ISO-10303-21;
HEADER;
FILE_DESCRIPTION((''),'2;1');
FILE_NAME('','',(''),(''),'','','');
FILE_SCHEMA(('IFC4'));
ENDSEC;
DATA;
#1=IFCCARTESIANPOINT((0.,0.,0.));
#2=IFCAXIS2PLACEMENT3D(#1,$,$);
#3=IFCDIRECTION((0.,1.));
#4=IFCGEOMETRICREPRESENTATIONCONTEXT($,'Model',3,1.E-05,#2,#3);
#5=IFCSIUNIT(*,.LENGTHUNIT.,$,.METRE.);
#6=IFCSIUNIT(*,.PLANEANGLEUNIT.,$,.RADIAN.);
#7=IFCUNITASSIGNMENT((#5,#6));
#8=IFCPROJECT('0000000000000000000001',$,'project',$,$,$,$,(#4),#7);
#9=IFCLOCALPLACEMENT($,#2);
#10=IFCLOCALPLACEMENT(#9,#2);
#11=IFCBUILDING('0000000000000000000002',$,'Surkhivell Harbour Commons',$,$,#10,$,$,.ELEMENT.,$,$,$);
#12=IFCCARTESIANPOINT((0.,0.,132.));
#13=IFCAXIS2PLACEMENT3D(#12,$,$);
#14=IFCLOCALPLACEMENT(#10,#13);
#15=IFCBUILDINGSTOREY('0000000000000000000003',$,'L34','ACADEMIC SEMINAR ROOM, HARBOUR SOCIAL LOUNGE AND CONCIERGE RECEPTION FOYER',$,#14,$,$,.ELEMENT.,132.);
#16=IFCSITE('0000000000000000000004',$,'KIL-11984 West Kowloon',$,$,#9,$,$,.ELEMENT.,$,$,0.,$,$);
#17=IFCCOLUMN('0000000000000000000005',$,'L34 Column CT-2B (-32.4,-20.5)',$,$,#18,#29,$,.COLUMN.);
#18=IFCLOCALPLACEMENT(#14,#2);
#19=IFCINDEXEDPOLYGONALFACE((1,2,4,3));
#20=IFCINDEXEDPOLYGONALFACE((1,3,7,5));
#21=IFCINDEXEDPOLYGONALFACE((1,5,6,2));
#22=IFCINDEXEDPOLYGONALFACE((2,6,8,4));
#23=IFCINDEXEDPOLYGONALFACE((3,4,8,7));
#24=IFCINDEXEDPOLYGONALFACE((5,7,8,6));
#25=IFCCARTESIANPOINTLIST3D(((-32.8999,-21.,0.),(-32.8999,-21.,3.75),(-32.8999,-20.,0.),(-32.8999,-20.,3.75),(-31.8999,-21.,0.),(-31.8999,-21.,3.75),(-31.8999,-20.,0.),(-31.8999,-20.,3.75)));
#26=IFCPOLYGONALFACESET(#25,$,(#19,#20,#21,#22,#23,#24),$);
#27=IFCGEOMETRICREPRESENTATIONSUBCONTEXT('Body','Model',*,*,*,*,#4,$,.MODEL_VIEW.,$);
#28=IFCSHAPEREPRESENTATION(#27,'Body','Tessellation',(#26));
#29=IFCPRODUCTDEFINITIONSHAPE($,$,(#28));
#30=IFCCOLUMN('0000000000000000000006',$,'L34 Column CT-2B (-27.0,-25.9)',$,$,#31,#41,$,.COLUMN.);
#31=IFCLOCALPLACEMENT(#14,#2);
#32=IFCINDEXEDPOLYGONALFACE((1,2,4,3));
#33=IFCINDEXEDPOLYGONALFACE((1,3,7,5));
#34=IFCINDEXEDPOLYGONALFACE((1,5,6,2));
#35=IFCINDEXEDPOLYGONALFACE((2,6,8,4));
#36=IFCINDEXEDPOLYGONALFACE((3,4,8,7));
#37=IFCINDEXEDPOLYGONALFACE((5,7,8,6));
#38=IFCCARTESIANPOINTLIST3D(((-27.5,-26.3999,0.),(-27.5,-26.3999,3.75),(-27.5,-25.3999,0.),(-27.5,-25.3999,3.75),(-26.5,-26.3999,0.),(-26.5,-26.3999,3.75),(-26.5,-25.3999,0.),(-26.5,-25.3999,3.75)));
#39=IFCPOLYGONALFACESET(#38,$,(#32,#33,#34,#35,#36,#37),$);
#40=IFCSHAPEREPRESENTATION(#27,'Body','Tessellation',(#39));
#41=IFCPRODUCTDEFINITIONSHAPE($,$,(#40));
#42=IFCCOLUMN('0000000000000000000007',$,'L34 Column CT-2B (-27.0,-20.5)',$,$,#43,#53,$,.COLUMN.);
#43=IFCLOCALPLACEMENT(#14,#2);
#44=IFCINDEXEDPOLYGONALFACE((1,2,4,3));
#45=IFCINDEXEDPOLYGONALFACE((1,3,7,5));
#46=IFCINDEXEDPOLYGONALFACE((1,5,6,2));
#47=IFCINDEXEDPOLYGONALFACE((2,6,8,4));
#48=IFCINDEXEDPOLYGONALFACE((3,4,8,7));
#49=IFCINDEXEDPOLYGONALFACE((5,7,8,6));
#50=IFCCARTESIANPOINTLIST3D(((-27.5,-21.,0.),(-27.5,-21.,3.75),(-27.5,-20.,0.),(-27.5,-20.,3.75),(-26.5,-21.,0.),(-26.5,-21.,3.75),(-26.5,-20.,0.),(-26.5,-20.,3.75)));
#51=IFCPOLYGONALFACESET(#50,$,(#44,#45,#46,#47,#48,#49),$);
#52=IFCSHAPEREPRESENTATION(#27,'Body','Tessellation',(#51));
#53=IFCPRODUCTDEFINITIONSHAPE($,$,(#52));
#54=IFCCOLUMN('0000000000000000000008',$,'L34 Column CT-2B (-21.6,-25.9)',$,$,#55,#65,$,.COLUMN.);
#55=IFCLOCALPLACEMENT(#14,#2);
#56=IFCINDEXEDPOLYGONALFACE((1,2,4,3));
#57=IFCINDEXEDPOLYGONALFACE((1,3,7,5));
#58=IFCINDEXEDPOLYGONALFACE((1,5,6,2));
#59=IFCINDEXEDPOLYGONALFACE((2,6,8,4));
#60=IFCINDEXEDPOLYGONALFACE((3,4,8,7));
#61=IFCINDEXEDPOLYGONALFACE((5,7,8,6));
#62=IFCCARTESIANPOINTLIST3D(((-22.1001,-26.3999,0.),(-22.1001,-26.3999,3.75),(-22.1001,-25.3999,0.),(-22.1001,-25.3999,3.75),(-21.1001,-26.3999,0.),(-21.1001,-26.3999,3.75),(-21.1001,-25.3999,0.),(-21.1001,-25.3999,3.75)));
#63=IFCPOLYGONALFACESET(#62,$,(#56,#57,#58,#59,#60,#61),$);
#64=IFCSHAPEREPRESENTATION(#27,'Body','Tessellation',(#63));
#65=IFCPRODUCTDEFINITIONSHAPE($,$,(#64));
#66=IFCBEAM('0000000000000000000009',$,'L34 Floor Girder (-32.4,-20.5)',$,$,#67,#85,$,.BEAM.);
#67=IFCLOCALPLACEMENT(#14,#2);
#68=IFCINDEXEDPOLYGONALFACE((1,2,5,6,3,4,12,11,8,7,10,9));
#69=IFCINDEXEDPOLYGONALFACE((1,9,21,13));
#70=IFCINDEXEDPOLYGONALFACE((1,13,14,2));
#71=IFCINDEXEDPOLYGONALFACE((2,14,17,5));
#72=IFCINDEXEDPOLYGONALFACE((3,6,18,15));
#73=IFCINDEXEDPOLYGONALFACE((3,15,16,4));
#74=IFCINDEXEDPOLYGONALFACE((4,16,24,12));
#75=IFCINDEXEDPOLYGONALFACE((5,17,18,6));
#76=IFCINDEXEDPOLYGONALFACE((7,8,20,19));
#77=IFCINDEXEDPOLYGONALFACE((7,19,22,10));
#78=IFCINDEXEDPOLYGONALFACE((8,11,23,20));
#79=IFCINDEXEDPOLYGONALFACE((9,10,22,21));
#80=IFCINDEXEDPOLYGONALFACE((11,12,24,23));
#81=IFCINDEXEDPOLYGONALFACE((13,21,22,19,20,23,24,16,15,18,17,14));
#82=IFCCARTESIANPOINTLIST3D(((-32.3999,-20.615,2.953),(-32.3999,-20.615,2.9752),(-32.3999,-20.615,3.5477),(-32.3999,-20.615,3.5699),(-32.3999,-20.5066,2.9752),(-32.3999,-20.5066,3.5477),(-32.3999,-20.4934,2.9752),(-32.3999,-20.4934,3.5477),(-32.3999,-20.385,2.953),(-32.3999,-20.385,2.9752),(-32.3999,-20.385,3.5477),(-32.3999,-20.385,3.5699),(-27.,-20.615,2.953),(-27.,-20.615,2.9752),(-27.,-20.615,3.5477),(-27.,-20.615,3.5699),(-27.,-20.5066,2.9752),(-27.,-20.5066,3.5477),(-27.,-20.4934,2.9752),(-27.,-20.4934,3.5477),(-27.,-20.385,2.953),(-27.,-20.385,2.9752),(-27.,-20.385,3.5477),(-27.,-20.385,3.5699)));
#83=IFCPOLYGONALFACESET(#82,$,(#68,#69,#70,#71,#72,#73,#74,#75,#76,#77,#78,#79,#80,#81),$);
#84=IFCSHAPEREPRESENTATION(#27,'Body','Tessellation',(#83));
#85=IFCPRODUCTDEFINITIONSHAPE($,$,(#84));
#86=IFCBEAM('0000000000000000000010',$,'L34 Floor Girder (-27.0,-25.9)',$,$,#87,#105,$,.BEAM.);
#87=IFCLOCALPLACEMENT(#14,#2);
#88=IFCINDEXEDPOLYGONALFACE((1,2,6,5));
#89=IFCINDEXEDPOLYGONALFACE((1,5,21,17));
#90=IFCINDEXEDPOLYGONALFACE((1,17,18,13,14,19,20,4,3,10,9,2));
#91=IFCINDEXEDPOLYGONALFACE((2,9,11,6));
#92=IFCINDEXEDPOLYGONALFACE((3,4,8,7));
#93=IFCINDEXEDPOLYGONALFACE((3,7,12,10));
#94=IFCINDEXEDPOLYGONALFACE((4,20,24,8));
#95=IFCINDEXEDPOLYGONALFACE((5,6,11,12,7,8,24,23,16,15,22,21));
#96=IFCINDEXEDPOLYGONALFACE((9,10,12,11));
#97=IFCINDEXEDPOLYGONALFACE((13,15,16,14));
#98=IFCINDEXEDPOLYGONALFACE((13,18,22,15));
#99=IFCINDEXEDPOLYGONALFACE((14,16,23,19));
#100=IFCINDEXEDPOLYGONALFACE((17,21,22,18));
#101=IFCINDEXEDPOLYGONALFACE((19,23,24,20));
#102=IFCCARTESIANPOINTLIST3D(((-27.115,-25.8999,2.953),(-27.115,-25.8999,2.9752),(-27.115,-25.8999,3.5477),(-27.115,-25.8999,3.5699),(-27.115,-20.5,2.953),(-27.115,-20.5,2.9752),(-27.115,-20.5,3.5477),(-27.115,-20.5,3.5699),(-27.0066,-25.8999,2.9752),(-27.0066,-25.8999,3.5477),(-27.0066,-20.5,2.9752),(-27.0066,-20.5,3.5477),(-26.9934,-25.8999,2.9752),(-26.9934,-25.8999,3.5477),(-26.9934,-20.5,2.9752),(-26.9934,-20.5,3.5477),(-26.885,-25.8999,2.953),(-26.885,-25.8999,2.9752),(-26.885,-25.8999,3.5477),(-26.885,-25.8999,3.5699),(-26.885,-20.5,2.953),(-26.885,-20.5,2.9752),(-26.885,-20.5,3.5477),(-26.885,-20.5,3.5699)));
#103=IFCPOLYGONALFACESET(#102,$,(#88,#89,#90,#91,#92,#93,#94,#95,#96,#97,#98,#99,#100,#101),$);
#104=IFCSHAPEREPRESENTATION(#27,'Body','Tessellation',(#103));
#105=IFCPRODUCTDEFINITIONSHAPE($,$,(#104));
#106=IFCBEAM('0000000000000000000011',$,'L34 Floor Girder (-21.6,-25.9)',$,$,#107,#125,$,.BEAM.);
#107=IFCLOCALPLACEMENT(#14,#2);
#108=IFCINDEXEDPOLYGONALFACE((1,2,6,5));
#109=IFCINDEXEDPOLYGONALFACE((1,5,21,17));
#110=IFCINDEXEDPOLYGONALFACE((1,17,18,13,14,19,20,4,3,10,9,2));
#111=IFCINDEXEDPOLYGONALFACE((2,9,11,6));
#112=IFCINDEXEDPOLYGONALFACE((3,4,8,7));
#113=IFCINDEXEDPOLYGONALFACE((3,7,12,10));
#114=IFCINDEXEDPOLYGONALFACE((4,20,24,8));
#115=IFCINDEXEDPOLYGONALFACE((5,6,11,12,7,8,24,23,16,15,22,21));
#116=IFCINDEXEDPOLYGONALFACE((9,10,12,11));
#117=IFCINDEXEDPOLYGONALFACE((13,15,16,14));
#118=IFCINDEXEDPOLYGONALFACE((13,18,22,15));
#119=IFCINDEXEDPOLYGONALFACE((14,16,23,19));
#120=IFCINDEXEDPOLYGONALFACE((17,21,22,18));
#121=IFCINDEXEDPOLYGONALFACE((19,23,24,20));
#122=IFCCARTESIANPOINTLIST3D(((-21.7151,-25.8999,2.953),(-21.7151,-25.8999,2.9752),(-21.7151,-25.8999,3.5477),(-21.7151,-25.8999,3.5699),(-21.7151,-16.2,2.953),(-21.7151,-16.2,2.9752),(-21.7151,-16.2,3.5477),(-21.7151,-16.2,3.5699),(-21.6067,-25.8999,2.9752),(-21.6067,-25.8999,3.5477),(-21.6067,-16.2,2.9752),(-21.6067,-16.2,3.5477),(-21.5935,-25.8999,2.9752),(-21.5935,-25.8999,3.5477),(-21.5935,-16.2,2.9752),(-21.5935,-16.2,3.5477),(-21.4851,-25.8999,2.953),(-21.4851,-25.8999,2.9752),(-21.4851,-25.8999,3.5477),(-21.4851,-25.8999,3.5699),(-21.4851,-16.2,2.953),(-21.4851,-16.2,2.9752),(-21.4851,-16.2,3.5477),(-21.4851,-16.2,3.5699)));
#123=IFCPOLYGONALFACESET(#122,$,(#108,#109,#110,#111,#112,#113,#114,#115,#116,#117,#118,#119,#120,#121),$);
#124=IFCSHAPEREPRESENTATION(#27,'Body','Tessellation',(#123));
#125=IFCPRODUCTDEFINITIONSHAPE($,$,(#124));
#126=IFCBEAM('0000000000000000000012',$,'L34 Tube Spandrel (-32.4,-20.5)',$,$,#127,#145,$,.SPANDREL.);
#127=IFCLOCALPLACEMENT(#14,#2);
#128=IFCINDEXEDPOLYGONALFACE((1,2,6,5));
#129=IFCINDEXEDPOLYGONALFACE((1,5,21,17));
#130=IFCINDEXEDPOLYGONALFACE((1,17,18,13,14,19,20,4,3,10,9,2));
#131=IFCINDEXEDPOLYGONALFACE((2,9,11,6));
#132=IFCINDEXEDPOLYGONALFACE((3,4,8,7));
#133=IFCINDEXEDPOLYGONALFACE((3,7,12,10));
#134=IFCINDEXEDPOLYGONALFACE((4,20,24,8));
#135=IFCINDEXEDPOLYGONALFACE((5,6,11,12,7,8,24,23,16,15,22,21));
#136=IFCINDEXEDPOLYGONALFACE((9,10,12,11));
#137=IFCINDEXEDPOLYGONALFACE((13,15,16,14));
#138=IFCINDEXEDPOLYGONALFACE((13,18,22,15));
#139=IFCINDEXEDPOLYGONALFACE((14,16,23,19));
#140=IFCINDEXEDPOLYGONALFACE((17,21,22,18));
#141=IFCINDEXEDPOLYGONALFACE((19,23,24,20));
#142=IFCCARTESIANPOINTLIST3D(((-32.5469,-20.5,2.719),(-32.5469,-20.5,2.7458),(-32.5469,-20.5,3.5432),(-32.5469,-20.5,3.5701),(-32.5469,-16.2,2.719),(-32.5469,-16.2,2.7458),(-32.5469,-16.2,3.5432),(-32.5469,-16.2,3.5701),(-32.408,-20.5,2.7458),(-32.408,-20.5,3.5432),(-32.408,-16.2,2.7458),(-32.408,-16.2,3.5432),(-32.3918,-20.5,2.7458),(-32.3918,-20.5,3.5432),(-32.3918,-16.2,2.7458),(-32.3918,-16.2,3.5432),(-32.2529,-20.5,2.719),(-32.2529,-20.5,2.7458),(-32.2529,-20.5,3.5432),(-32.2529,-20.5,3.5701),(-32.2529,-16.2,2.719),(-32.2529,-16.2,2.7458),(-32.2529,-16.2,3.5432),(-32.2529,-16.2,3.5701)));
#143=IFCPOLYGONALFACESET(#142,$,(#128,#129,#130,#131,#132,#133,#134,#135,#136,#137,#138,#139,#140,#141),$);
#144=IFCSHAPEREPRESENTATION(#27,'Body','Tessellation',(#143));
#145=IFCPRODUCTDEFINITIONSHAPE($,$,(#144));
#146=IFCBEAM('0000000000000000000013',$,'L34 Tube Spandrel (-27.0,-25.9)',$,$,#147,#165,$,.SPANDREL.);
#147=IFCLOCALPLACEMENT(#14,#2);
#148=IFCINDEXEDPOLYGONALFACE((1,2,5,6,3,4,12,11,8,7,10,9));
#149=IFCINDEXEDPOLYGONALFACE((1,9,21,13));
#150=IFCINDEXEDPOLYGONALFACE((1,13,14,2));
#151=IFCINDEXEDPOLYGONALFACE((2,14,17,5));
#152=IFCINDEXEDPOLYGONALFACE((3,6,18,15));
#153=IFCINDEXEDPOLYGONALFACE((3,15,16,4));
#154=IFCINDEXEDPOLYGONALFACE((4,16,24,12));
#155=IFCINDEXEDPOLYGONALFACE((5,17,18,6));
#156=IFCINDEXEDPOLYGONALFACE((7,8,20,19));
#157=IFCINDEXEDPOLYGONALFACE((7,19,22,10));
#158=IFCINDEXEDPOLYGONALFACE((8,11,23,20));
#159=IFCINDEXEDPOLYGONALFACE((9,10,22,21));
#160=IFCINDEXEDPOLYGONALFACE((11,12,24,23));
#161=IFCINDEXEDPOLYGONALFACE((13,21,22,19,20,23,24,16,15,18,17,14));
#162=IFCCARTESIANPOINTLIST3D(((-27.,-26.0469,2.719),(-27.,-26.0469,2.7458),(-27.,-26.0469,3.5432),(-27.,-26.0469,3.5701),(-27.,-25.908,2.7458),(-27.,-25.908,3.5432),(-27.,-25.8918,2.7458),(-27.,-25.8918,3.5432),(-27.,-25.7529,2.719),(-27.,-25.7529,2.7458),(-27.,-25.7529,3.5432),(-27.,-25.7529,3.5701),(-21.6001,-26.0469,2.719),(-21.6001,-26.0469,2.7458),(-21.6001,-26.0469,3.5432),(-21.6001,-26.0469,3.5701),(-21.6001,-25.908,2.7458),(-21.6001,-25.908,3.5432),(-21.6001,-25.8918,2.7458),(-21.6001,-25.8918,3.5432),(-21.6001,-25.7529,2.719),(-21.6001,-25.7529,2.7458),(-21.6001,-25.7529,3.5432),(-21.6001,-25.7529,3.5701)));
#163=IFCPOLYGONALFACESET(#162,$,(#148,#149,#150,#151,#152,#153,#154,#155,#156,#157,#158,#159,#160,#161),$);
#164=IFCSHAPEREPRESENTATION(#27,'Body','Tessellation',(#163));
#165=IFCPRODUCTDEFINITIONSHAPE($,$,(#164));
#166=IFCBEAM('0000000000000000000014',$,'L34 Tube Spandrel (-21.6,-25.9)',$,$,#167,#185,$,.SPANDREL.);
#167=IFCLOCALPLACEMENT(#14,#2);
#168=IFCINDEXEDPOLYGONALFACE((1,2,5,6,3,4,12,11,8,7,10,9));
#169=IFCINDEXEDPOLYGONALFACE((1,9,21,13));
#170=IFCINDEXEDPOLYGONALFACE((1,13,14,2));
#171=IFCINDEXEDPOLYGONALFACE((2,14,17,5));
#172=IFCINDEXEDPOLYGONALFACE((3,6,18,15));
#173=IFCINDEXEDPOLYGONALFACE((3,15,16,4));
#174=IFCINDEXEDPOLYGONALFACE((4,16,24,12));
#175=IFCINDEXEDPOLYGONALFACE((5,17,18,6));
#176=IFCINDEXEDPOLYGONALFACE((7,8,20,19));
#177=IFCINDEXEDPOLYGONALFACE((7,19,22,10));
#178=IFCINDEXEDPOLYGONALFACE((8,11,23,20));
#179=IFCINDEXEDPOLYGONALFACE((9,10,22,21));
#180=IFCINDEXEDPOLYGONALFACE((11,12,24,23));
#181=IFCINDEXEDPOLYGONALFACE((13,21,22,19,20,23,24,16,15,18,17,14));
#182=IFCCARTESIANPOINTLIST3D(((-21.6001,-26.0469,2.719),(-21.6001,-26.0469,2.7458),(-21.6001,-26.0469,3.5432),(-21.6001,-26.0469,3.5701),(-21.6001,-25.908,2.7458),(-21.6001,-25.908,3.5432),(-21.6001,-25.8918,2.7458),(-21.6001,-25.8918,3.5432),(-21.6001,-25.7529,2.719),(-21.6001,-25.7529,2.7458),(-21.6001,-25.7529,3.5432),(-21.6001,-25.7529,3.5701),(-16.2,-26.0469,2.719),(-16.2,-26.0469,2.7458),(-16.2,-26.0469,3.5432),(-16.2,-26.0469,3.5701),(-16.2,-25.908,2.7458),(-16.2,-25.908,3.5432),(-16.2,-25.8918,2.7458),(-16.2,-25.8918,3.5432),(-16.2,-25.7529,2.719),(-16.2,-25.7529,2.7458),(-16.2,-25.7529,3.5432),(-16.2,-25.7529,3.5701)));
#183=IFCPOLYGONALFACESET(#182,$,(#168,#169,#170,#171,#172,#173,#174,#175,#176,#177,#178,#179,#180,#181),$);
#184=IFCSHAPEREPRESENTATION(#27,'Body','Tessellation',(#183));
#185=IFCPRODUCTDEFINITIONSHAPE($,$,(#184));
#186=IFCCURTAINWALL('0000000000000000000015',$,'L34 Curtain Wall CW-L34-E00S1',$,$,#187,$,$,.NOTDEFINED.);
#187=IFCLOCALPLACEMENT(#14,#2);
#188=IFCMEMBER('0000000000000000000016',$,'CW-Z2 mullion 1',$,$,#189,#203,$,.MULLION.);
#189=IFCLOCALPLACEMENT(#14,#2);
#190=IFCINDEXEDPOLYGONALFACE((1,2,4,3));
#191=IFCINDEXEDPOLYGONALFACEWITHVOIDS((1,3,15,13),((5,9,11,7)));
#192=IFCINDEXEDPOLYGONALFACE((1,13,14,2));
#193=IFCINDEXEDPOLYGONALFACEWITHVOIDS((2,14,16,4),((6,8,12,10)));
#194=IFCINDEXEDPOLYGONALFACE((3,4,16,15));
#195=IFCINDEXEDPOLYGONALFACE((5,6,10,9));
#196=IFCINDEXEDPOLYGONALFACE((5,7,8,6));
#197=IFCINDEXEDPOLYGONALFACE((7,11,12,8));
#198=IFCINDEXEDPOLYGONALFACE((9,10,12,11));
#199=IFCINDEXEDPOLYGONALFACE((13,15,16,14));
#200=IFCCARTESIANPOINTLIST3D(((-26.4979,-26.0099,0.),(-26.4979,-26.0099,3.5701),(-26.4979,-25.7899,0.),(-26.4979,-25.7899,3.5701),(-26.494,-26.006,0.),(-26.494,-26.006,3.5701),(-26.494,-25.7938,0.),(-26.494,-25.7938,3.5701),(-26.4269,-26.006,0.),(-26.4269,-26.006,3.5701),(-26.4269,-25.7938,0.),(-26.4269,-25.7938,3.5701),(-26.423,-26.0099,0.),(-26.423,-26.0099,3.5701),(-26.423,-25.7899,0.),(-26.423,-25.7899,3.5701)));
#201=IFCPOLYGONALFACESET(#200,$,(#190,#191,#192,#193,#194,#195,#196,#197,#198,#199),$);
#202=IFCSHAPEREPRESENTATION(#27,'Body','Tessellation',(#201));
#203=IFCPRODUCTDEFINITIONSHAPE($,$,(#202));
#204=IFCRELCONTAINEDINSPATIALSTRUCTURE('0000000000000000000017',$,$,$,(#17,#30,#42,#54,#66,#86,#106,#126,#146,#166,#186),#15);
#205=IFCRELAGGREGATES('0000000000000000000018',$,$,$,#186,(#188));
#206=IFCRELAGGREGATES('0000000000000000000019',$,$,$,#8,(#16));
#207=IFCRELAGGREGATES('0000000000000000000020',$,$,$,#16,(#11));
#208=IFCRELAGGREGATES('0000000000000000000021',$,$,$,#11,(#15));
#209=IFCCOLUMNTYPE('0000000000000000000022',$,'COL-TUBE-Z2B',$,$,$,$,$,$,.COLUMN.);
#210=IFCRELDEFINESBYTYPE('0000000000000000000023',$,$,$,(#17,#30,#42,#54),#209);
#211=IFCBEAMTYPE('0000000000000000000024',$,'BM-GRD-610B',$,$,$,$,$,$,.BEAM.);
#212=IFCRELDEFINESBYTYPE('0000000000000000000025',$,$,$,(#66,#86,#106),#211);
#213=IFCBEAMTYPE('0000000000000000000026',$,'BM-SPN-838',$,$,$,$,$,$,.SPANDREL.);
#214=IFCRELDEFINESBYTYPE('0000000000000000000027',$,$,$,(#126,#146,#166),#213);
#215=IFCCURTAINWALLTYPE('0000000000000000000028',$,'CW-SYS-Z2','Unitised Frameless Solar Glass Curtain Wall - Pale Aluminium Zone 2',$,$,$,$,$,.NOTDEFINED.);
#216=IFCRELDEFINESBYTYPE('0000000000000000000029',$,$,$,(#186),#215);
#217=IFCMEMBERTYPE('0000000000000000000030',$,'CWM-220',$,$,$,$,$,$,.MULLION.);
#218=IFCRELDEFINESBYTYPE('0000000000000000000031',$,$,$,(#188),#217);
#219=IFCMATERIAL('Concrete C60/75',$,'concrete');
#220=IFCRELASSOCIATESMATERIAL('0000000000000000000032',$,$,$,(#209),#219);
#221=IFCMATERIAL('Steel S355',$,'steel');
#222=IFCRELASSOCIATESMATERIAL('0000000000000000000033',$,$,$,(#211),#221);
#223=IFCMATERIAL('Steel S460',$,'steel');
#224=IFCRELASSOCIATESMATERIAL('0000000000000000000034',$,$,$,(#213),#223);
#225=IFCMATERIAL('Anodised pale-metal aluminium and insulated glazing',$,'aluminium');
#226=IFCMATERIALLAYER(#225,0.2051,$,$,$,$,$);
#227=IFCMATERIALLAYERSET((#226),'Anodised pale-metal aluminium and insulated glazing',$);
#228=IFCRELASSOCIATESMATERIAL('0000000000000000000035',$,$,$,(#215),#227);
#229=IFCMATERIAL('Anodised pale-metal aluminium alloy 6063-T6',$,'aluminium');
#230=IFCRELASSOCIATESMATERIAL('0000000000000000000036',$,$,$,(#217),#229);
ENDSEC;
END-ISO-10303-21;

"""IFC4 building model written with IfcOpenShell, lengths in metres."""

from ifc_helpers import new_model, si_unit, direction, frame, origin, origin_2d, place, context, subcontext, project, spatial, rectangle, hollow_rectangle, i_section, extrude, material, layer, layer_set, material_profile, profile_set, type_object, element, aggregate, save


model = new_model("IFC4")

# Units and contexts
model_context = context("Model", 3, precision=1e-05, world=origin(), true_north=direction((0.0, 1.0)))
body_context = subcontext(model_context, "Body", "Model", "MODEL_VIEW")
ifc_project = project(units=[si_unit("LENGTHUNIT", "METRE"), si_unit("PLANEANGLEUNIT", "RADIAN")], contexts=[model_context])

# Site, building, storey
site_placement = place(None, origin())
site = spatial("IfcSite", under=ifc_project, at=site_placement, Name="KIL-11984 West Kowloon", CompositionType="ELEMENT", RefElevation=0.0)
building_placement = place(site_placement, origin())
building = spatial("IfcBuilding", under=site, at=building_placement, Name="Surkhivell Harbour Commons", CompositionType="ELEMENT")
storey_placement = place(building_placement, frame((0.0, 0.0, 132.0)))
storey = spatial("IfcBuildingStorey", under=building, at=storey_placement, Name="L34", Description="ACADEMIC SEMINAR ROOM, HARBOUR SOCIAL LOUNGE AND CONCIERGE RECEPTION FOYER", CompositionType="ELEMENT", Elevation=132.0)

# Columns
ifc_material_1 = material(Name="Concrete C60/75", Category="concrete")
ifc_material_profile_1 = material_profile(ifc_material_1, rectangle(XDim=1.0, YDim=1.0, at=origin_2d()), Name="RC-COL-1000x1000")
ifc_profile_set_1 = profile_set([ifc_material_profile_1], Name="Concrete C60/75")
column_type = type_object("IfcColumnType", Name="COL-TUBE-Z2B", PredefinedType="COLUMN", material=ifc_profile_set_1)
for number, where, z_axis, x_axis, name in (
    (1, (-32.3999, -20.5, 0.0), (0.0, 0.0, 1.0), (1.0, 0.0, 0.0), "L34 Column CT-2B (-32.4,-20.5)"),
    (2, (-27.0, -25.8999, 0.0), (0.0, 0.0, 1.0), (1.0, 0.0, 0.0), "L34 Column CT-2B (-27.0,-25.9)"),
    (3, (-27.0, -20.5, 0.0), (0.0, 0.0, 1.0), (1.0, 0.0, 0.0), "L34 Column CT-2B (-27.0,-20.5)"),
    (4, (-21.6001, -25.8999, 0.0), (0.0, 0.0, 1.0), (1.0, 0.0, 0.0), "L34 Column CT-2B (-21.6,-25.9)"),
):
    element("IfcColumn", number, at=place(storey_placement, frame(where, z_axis=z_axis, x_axis=x_axis)), inside=storey, type_object=column_type, Name=name, PredefinedType="COLUMN", context=body_context, shape_type="SweptSolid", body=[
        extrude(rectangle(XDim=1.0, YDim=1.0, at=origin_2d()), origin(), (0.0, 0.0, 1.0), 3.75),
    ])

# Beams
ifc_material_2 = material(Name="Steel S355", Category="steel")
ifc_material_profile_2 = material_profile(ifc_material_2, i_section(OverallWidth=0.23, OverallDepth=0.6169, WebThickness=0.0132, FlangeThickness=0.0222, at=origin_2d()), Name="UB610x229x140")
ifc_profile_set_2 = profile_set([ifc_material_profile_2], Name="Steel S355")
beam_type_1 = type_object("IfcBeamType", Name="BM-GRD-610B", PredefinedType="BEAM", material=ifc_profile_set_2)
for number, where, z_axis, x_axis, name in (
    (5, (-32.3999, -20.5, 3.2615), (1.0, 0.0, 0.0), (0.0, 1.0, 0.0), "L34 Floor Girder (-32.4,-20.5)"),
    (6, (-27.0, -25.8999, 3.2615), (0.0, 1.0, 0.0), (-1.0, 0.0, 0.0), "L34 Floor Girder (-27.0,-25.9)"),
):
    element("IfcBeam", number, at=place(storey_placement, frame(where, z_axis=z_axis, x_axis=x_axis)), inside=storey, type_object=beam_type_1, Name=name, PredefinedType="BEAM", context=body_context, shape_type="SweptSolid", body=[
        extrude(i_section(OverallWidth=0.23, OverallDepth=0.6169, WebThickness=0.0132, FlangeThickness=0.0222, at=origin_2d()), origin(), (0.0, 0.0, 1.0), 5.3999),
    ])
beam_1_placement = place(storey_placement, frame((-21.6001, -25.8999, 3.2615), z_axis=(0.0, 1.0, 0.0), x_axis=(-1.0, 0.0, 0.0)))
element("IfcBeam", 7, at=beam_1_placement, inside=storey, type_object=beam_type_1, Name="L34 Floor Girder (-21.6,-25.9)", PredefinedType="BEAM", context=body_context, shape_type="SweptSolid", body=[
    extrude(i_section(OverallWidth=0.23, OverallDepth=0.6169, WebThickness=0.0132, FlangeThickness=0.0222, at=origin_2d()), origin(), (0.0, 0.0, 1.0), 9.7),
])
ifc_material_3 = material(Name="Steel S460", Category="steel")
ifc_material_profile_3 = material_profile(ifc_material_3, i_section(OverallWidth=0.2939, OverallDepth=0.8511, WebThickness=0.0161, FlangeThickness=0.0269, at=origin_2d()), Name="UB838x292x226")
ifc_profile_set_3 = profile_set([ifc_material_profile_3], Name="Steel S460")
beam_type_2 = type_object("IfcBeamType", Name="BM-SPN-838", PredefinedType="SPANDREL", material=ifc_profile_set_3)
beam_2_placement = place(storey_placement, frame((-32.3999, -20.5, 3.1445), z_axis=(0.0, 1.0, 0.0), x_axis=(-1.0, 0.0, 0.0)))
element("IfcBeam", 8, at=beam_2_placement, inside=storey, type_object=beam_type_2, Name="L34 Tube Spandrel (-32.4,-20.5)", PredefinedType="SPANDREL", context=body_context, shape_type="SweptSolid", body=[
    extrude(i_section(OverallWidth=0.2939, OverallDepth=0.8511, WebThickness=0.0161, FlangeThickness=0.0269, at=origin_2d()), origin(), (0.0, 0.0, 1.0), 4.3),
])
beam_3_placement = place(storey_placement, frame((-27.0, -25.8999, 3.1445), z_axis=(1.0, 0.0, 0.0), x_axis=(0.0, 1.0, 0.0)))
element("IfcBeam", 9, at=beam_3_placement, inside=storey, type_object=beam_type_2, Name="L34 Tube Spandrel (-27.0,-25.9)", PredefinedType="SPANDREL", context=body_context, shape_type="SweptSolid", body=[
    extrude(i_section(OverallWidth=0.2939, OverallDepth=0.8511, WebThickness=0.0161, FlangeThickness=0.0269, at=origin_2d()), origin(), (0.0, 0.0, 1.0), 5.3999),
])
beam_4_placement = place(storey_placement, frame((-21.6001, -25.8999, 3.1445), z_axis=(1.0, 0.0, 0.0), x_axis=(0.0, 1.0, 0.0)))
element("IfcBeam", 10, at=beam_4_placement, inside=storey, type_object=beam_type_2, Name="L34 Tube Spandrel (-21.6,-25.9)", PredefinedType="SPANDREL", context=body_context, shape_type="SweptSolid", body=[
    extrude(i_section(OverallWidth=0.2939, OverallDepth=0.8511, WebThickness=0.0161, FlangeThickness=0.0269, at=origin_2d()), origin(), (0.0, 0.0, 1.0), 5.4001),
])

# Curtain wall, member
ifc_material_4 = material(Name="Anodised pale-metal aluminium and insulated glazing", Category="aluminium")
ifc_layer_1 = layer(ifc_material_4, 0.2051)
ifc_layer_set_1 = layer_set([ifc_layer_1], Name="Anodised pale-metal aluminium and insulated glazing")
curtain_wall_type = type_object("IfcCurtainWallType", Name="CW-SYS-Z2", Description="Unitised Frameless Solar Glass Curtain Wall - Pale Aluminium Zone 2", PredefinedType="NOTDEFINED", material=ifc_layer_set_1)
curtain_wall_1_placement = place(storey_placement, origin())
curtain_wall_1 = element("IfcCurtainWall", 11, at=curtain_wall_1_placement, inside=storey, type_object=curtain_wall_type, Name="L34 Curtain Wall CW-L34-E00S1", PredefinedType="NOTDEFINED")
ifc_material_5 = material(Name="Anodised pale-metal aluminium alloy 6063-T6", Category="aluminium")
ifc_material_profile_4 = material_profile(ifc_material_5, hollow_rectangle(XDim=0.075, YDim=0.22, WallThickness=0.0039, at=origin_2d()), Name="ALU-MULL-75x220")
ifc_profile_set_4 = profile_set([ifc_material_profile_4], Name="Anodised pale-metal aluminium alloy 6063-T6")
member_type_1 = type_object("IfcMemberType", Name="CWM-220", PredefinedType="MULLION", material=ifc_profile_set_4)
member_1_placement = place(storey_placement, frame((-26.4604, -25.8999, 0.0), z_axis=(0.0, 0.0, 1.0), x_axis=(1.0, 0.0, 0.0)))
member_1 = element("IfcMember", 12, at=member_1_placement, type_object=member_type_1, Name="CW-Z2 mullion 1", PredefinedType="MULLION", context=body_context, shape_type="SweptSolid", body=[
    extrude(hollow_rectangle(XDim=0.075, YDim=0.22, WallThickness=0.0039, at=origin_2d()), origin(), (0.0, 0.0, 1.0), 3.5701),
])

aggregate(curtain_wall_1, [member_1])

save(model, "model.ifc")
